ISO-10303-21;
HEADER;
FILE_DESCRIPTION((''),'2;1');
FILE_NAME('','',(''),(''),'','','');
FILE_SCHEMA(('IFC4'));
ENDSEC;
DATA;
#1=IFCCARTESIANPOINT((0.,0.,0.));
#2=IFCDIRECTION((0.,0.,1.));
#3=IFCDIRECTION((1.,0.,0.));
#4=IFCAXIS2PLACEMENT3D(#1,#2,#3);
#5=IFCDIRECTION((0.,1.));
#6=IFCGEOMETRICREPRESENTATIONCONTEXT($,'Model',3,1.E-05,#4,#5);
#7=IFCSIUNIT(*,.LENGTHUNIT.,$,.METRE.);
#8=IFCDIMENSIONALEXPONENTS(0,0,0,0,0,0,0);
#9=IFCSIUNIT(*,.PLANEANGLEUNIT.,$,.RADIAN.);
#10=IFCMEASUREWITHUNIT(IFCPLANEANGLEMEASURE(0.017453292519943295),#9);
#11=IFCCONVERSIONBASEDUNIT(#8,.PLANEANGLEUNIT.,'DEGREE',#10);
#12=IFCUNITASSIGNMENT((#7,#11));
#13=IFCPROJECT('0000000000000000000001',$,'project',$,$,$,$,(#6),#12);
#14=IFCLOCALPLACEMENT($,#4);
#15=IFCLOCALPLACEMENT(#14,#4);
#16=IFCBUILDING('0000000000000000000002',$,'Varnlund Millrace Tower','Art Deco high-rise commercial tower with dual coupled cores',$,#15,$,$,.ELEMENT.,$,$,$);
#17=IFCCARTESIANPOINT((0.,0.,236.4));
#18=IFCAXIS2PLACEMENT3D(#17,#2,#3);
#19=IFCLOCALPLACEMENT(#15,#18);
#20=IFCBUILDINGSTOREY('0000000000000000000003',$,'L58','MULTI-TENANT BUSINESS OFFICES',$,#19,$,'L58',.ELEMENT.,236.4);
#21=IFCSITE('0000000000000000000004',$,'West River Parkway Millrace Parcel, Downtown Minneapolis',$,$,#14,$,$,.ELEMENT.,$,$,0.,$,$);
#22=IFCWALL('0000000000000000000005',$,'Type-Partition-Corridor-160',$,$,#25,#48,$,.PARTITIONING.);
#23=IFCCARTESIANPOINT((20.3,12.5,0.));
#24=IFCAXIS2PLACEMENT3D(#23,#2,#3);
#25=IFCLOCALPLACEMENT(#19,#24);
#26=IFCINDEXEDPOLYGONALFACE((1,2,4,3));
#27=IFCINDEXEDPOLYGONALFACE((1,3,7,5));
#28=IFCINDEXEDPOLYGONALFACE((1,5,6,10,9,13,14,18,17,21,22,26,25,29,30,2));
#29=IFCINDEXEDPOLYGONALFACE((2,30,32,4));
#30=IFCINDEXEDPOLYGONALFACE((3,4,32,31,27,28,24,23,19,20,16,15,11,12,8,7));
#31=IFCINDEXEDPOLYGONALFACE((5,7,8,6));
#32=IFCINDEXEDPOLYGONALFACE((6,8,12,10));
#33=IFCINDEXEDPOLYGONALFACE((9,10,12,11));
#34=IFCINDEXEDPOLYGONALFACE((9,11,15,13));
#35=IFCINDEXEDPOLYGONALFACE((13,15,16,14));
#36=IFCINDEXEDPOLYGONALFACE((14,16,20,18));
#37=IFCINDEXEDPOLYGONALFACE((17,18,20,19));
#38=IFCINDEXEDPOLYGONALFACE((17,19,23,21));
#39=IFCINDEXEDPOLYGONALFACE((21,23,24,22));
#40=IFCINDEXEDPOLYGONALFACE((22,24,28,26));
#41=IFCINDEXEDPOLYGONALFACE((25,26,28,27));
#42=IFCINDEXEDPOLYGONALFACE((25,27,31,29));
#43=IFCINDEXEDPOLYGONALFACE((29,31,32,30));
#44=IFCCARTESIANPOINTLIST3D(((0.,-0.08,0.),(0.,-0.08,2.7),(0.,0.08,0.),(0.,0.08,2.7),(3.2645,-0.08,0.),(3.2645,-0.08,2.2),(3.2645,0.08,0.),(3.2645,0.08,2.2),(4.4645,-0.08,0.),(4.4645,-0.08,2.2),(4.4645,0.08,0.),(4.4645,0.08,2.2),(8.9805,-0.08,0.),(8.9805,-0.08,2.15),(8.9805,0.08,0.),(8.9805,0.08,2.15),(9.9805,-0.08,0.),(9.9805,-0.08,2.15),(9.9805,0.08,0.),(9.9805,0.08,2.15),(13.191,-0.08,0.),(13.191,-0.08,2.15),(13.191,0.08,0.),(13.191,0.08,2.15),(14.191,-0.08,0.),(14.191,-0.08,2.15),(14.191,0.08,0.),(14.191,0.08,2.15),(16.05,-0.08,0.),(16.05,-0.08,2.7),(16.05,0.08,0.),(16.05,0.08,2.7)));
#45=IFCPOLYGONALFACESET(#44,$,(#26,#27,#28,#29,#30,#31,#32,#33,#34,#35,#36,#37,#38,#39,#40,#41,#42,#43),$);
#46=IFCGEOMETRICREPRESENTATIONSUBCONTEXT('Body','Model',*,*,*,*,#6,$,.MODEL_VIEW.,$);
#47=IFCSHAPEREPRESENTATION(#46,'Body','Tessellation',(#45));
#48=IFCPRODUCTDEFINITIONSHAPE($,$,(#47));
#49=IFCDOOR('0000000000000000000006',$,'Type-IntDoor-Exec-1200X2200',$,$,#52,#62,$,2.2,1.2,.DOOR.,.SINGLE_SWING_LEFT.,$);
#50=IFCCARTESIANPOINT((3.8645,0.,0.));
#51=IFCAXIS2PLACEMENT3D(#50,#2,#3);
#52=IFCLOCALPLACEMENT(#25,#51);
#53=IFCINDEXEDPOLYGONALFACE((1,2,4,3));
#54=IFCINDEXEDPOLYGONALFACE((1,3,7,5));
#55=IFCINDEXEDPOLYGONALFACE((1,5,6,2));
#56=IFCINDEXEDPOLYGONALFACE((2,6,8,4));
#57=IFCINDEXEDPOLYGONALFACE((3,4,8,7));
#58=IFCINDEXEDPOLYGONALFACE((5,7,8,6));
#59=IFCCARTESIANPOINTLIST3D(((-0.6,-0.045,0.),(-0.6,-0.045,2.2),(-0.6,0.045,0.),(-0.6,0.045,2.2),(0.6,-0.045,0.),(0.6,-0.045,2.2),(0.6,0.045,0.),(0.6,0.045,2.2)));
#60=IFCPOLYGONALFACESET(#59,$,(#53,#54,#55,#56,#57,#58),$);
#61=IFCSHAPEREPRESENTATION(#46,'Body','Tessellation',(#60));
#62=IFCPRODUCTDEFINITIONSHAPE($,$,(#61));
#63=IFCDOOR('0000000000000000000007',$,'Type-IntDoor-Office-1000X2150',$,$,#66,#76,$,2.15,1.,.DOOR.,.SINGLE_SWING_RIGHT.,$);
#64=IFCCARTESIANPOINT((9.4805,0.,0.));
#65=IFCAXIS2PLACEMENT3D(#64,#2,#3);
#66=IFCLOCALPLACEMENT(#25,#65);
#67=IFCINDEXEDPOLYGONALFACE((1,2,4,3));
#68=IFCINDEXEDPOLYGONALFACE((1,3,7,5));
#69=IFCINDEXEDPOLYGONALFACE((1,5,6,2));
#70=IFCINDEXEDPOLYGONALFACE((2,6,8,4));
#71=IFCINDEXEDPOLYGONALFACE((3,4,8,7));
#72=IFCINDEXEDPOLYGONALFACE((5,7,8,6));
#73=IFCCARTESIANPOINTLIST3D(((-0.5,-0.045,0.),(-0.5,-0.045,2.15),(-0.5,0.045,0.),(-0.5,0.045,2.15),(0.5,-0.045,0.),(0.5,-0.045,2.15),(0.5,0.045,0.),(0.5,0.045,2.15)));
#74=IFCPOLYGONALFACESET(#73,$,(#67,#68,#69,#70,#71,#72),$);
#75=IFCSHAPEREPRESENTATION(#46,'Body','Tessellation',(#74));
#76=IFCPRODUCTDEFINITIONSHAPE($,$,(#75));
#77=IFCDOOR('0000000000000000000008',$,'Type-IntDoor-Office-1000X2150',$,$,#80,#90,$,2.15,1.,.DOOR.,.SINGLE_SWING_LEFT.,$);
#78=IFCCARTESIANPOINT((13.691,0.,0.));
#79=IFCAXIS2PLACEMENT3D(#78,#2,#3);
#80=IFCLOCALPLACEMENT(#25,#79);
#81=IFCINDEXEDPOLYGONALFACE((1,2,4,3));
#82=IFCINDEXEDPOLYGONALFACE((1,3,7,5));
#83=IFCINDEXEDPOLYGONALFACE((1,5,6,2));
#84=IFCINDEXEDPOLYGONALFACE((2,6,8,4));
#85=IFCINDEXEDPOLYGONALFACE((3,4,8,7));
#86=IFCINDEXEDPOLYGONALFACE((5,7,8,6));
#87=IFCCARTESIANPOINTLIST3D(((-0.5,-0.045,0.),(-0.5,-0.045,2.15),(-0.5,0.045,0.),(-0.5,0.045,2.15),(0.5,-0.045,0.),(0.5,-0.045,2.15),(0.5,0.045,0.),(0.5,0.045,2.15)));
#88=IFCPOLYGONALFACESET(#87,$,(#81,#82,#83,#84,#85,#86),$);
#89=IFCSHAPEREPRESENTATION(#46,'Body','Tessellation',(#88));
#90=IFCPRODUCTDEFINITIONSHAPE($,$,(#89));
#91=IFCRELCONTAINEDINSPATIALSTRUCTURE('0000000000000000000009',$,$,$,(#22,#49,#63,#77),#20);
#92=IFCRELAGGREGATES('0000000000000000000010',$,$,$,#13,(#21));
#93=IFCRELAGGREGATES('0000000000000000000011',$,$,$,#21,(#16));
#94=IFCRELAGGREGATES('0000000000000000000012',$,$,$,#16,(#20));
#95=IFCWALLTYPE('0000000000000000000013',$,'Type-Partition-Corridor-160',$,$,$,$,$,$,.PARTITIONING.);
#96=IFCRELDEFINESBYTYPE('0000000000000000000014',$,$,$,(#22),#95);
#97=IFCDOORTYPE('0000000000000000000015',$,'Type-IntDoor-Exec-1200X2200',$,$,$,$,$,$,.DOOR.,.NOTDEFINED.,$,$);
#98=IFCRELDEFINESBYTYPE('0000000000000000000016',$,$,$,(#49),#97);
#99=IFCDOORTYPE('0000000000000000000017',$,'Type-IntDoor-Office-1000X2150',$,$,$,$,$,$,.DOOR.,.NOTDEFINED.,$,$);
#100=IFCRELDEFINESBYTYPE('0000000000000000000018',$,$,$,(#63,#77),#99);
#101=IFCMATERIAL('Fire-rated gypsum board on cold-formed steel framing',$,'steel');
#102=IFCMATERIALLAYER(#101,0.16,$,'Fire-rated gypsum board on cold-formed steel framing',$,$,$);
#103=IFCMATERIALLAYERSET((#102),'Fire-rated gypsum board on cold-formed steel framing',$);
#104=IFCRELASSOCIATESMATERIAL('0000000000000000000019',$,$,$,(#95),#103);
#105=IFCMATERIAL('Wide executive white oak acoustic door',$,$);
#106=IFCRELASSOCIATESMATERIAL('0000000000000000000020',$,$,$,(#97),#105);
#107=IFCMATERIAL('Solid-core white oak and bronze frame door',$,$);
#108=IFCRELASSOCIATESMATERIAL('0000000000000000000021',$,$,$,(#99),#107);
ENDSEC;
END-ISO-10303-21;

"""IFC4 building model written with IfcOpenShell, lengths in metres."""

from ifc_helpers import new_model, entity, si_unit, converted_unit, direction, frame, origin_with_axes, origin_2d_with_axis, place, context, subcontext, project, spatial, polyline, rectangle, outline, extrude, material, layer, layer_set, type_object, element, fill, save


model = new_model("IFC4")

# Units and contexts
model_context = context("Model", 3, precision=1e-05, world=origin_with_axes(), true_north=direction((0.0, 1.0)))
body_context = subcontext(model_context, "Body", "Model", "MODEL_VIEW")
ifc_project = project(units=[si_unit("LENGTHUNIT", "METRE"), converted_unit("PLANEANGLEUNIT", "DEGREE", entity("IfcPlaneAngleMeasure", 0.017453292519943295), si_unit("PLANEANGLEUNIT", "RADIAN"), dimensions=[0, 0, 0, 0, 0, 0, 0])], contexts=[model_context])

# Site, building, storey
site_placement = place(None, origin_with_axes())
site = spatial("IfcSite", under=ifc_project, at=site_placement, Name="West River Parkway Millrace Parcel, Downtown Minneapolis", CompositionType="ELEMENT", RefElevation=0.0)
building_placement = place(site_placement, origin_with_axes())
building = spatial("IfcBuilding", under=site, at=building_placement, Name="Varnlund Millrace Tower", Description="Art Deco high-rise commercial tower with dual coupled cores", CompositionType="ELEMENT")
storey_placement = place(building_placement, frame((0.0, 0.0, 236.4), z_axis=(0.0, 0.0, 1.0), x_axis=(1.0, 0.0, 0.0)))
storey = spatial("IfcBuildingStorey", under=building, at=storey_placement, Name="L58", Description="MULTI-TENANT BUSINESS OFFICES", LongName="L58", CompositionType="ELEMENT", Elevation=236.4)

# Wall, openings, doors
ifc_material_1 = material(Name="Fire-rated gypsum board on cold-formed steel framing", Category="steel")
ifc_layer_1 = layer(ifc_material_1, 0.16, Name="Fire-rated gypsum board on cold-formed steel framing")
ifc_layer_set_1 = layer_set([ifc_layer_1], Name="Fire-rated gypsum board on cold-formed steel framing")
wall_type_1 = type_object("IfcWallType", Name="Type-Partition-Corridor-160", PredefinedType="PARTITIONING", material=ifc_layer_set_1)
wall_1_placement = place(storey_placement, frame((20.3, 12.5, 0.0), z_axis=(0.0, 0.0, 1.0), x_axis=(1.0, 0.0, 0.0)))
wall_1 = element("IfcWall", 1, at=wall_1_placement, inside=storey, type_object=wall_type_1, Name="Type-Partition-Corridor-160", PredefinedType="PARTITIONING", context=body_context, shape_type="SweptSolid", body=[
    extrude(outline(polyline([(0.0, -0.08), (16.05, -0.08), (16.05, 0.08), (0.0, 0.08), (0.0, -0.08)])), origin_with_axes(), (0.0, 0.0, 1.0), 2.7),
])
opening_1_placement = place(wall_1_placement, frame((3.8645, 0.0, 0.0), z_axis=(0.0, 0.0, 1.0), x_axis=(1.0, 0.0, 0.0)))
opening_1 = element("IfcOpeningElement", 2, at=opening_1_placement, cuts=wall_1, PredefinedType="OPENING", context=body_context, shape_type="SweptSolid", body=[
    extrude(rectangle(XDim=1.2, YDim=0.18, at=origin_2d_with_axis()), origin_with_axes(), (0.0, 0.0, 1.0), 2.2),
])
opening_2_placement = place(wall_1_placement, frame((9.4805, 0.0, 0.0), z_axis=(0.0, 0.0, 1.0), x_axis=(1.0, 0.0, 0.0)))
opening_2 = element("IfcOpeningElement", 3, at=opening_2_placement, cuts=wall_1, PredefinedType="OPENING", context=body_context, shape_type="SweptSolid", body=[
    extrude(rectangle(XDim=1.0, YDim=0.18, at=origin_2d_with_axis()), origin_with_axes(), (0.0, 0.0, 1.0), 2.15),
])
opening_3_placement = place(wall_1_placement, frame((13.691, 0.0, 0.0), z_axis=(0.0, 0.0, 1.0), x_axis=(1.0, 0.0, 0.0)))
opening_3 = element("IfcOpeningElement", 4, at=opening_3_placement, cuts=wall_1, PredefinedType="OPENING", context=body_context, shape_type="SweptSolid", body=[
    extrude(rectangle(XDim=1.0, YDim=0.18, at=origin_2d_with_axis()), origin_with_axes(), (0.0, 0.0, 1.0), 2.15),
])
ifc_material_2 = material(Name="Wide executive white oak acoustic door")
door_type_1 = type_object("IfcDoorType", Name="Type-IntDoor-Exec-1200X2200", OperationType="NOTDEFINED", PredefinedType="DOOR", material=ifc_material_2)
door_1_placement = place(wall_1_placement, frame((3.8645, 0.0, 0.0), z_axis=(0.0, 0.0, 1.0), x_axis=(1.0, 0.0, 0.0)))
door_1 = element("IfcDoor", 5, at=door_1_placement, inside=storey, type_object=door_type_1, Name="Type-IntDoor-Exec-1200X2200", OperationType="SINGLE_SWING_LEFT", OverallHeight=2.2, OverallWidth=1.2, PredefinedType="DOOR", context=body_context, shape_type="SweptSolid", body=[
    extrude(rectangle(XDim=1.2, YDim=0.09, at=origin_2d_with_axis()), origin_with_axes(), (0.0, 0.0, 1.0), 2.2),
])
fill(opening_1, door_1)
ifc_material_3 = material(Name="Solid-core white oak and bronze frame door")
door_type_2 = type_object("IfcDoorType", Name="Type-IntDoor-Office-1000X2150", OperationType="NOTDEFINED", PredefinedType="DOOR", material=ifc_material_3)
door_2_placement = place(wall_1_placement, frame((9.4805, 0.0, 0.0), z_axis=(0.0, 0.0, 1.0), x_axis=(1.0, 0.0, 0.0)))
door_2 = element("IfcDoor", 6, at=door_2_placement, inside=storey, type_object=door_type_2, Name="Type-IntDoor-Office-1000X2150", OperationType="SINGLE_SWING_RIGHT", OverallHeight=2.15, OverallWidth=1.0, PredefinedType="DOOR", context=body_context, shape_type="SweptSolid", body=[
    extrude(rectangle(XDim=1.0, YDim=0.09, at=origin_2d_with_axis()), origin_with_axes(), (0.0, 0.0, 1.0), 2.15),
])
fill(opening_2, door_2)
door_3_placement = place(wall_1_placement, frame((13.691, 0.0, 0.0), z_axis=(0.0, 0.0, 1.0), x_axis=(1.0, 0.0, 0.0)))
door_3 = element("IfcDoor", 7, at=door_3_placement, inside=storey, type_object=door_type_2, Name="Type-IntDoor-Office-1000X2150", OperationType="SINGLE_SWING_LEFT", OverallHeight=2.15, OverallWidth=1.0, PredefinedType="DOOR", context=body_context, shape_type="SweptSolid", body=[
    extrude(rectangle(XDim=1.0, YDim=0.09, at=origin_2d_with_axis()), origin_with_axes(), (0.0, 0.0, 1.0), 2.15),
])
fill(opening_3, door_3)

save(model, "model.ifc")
